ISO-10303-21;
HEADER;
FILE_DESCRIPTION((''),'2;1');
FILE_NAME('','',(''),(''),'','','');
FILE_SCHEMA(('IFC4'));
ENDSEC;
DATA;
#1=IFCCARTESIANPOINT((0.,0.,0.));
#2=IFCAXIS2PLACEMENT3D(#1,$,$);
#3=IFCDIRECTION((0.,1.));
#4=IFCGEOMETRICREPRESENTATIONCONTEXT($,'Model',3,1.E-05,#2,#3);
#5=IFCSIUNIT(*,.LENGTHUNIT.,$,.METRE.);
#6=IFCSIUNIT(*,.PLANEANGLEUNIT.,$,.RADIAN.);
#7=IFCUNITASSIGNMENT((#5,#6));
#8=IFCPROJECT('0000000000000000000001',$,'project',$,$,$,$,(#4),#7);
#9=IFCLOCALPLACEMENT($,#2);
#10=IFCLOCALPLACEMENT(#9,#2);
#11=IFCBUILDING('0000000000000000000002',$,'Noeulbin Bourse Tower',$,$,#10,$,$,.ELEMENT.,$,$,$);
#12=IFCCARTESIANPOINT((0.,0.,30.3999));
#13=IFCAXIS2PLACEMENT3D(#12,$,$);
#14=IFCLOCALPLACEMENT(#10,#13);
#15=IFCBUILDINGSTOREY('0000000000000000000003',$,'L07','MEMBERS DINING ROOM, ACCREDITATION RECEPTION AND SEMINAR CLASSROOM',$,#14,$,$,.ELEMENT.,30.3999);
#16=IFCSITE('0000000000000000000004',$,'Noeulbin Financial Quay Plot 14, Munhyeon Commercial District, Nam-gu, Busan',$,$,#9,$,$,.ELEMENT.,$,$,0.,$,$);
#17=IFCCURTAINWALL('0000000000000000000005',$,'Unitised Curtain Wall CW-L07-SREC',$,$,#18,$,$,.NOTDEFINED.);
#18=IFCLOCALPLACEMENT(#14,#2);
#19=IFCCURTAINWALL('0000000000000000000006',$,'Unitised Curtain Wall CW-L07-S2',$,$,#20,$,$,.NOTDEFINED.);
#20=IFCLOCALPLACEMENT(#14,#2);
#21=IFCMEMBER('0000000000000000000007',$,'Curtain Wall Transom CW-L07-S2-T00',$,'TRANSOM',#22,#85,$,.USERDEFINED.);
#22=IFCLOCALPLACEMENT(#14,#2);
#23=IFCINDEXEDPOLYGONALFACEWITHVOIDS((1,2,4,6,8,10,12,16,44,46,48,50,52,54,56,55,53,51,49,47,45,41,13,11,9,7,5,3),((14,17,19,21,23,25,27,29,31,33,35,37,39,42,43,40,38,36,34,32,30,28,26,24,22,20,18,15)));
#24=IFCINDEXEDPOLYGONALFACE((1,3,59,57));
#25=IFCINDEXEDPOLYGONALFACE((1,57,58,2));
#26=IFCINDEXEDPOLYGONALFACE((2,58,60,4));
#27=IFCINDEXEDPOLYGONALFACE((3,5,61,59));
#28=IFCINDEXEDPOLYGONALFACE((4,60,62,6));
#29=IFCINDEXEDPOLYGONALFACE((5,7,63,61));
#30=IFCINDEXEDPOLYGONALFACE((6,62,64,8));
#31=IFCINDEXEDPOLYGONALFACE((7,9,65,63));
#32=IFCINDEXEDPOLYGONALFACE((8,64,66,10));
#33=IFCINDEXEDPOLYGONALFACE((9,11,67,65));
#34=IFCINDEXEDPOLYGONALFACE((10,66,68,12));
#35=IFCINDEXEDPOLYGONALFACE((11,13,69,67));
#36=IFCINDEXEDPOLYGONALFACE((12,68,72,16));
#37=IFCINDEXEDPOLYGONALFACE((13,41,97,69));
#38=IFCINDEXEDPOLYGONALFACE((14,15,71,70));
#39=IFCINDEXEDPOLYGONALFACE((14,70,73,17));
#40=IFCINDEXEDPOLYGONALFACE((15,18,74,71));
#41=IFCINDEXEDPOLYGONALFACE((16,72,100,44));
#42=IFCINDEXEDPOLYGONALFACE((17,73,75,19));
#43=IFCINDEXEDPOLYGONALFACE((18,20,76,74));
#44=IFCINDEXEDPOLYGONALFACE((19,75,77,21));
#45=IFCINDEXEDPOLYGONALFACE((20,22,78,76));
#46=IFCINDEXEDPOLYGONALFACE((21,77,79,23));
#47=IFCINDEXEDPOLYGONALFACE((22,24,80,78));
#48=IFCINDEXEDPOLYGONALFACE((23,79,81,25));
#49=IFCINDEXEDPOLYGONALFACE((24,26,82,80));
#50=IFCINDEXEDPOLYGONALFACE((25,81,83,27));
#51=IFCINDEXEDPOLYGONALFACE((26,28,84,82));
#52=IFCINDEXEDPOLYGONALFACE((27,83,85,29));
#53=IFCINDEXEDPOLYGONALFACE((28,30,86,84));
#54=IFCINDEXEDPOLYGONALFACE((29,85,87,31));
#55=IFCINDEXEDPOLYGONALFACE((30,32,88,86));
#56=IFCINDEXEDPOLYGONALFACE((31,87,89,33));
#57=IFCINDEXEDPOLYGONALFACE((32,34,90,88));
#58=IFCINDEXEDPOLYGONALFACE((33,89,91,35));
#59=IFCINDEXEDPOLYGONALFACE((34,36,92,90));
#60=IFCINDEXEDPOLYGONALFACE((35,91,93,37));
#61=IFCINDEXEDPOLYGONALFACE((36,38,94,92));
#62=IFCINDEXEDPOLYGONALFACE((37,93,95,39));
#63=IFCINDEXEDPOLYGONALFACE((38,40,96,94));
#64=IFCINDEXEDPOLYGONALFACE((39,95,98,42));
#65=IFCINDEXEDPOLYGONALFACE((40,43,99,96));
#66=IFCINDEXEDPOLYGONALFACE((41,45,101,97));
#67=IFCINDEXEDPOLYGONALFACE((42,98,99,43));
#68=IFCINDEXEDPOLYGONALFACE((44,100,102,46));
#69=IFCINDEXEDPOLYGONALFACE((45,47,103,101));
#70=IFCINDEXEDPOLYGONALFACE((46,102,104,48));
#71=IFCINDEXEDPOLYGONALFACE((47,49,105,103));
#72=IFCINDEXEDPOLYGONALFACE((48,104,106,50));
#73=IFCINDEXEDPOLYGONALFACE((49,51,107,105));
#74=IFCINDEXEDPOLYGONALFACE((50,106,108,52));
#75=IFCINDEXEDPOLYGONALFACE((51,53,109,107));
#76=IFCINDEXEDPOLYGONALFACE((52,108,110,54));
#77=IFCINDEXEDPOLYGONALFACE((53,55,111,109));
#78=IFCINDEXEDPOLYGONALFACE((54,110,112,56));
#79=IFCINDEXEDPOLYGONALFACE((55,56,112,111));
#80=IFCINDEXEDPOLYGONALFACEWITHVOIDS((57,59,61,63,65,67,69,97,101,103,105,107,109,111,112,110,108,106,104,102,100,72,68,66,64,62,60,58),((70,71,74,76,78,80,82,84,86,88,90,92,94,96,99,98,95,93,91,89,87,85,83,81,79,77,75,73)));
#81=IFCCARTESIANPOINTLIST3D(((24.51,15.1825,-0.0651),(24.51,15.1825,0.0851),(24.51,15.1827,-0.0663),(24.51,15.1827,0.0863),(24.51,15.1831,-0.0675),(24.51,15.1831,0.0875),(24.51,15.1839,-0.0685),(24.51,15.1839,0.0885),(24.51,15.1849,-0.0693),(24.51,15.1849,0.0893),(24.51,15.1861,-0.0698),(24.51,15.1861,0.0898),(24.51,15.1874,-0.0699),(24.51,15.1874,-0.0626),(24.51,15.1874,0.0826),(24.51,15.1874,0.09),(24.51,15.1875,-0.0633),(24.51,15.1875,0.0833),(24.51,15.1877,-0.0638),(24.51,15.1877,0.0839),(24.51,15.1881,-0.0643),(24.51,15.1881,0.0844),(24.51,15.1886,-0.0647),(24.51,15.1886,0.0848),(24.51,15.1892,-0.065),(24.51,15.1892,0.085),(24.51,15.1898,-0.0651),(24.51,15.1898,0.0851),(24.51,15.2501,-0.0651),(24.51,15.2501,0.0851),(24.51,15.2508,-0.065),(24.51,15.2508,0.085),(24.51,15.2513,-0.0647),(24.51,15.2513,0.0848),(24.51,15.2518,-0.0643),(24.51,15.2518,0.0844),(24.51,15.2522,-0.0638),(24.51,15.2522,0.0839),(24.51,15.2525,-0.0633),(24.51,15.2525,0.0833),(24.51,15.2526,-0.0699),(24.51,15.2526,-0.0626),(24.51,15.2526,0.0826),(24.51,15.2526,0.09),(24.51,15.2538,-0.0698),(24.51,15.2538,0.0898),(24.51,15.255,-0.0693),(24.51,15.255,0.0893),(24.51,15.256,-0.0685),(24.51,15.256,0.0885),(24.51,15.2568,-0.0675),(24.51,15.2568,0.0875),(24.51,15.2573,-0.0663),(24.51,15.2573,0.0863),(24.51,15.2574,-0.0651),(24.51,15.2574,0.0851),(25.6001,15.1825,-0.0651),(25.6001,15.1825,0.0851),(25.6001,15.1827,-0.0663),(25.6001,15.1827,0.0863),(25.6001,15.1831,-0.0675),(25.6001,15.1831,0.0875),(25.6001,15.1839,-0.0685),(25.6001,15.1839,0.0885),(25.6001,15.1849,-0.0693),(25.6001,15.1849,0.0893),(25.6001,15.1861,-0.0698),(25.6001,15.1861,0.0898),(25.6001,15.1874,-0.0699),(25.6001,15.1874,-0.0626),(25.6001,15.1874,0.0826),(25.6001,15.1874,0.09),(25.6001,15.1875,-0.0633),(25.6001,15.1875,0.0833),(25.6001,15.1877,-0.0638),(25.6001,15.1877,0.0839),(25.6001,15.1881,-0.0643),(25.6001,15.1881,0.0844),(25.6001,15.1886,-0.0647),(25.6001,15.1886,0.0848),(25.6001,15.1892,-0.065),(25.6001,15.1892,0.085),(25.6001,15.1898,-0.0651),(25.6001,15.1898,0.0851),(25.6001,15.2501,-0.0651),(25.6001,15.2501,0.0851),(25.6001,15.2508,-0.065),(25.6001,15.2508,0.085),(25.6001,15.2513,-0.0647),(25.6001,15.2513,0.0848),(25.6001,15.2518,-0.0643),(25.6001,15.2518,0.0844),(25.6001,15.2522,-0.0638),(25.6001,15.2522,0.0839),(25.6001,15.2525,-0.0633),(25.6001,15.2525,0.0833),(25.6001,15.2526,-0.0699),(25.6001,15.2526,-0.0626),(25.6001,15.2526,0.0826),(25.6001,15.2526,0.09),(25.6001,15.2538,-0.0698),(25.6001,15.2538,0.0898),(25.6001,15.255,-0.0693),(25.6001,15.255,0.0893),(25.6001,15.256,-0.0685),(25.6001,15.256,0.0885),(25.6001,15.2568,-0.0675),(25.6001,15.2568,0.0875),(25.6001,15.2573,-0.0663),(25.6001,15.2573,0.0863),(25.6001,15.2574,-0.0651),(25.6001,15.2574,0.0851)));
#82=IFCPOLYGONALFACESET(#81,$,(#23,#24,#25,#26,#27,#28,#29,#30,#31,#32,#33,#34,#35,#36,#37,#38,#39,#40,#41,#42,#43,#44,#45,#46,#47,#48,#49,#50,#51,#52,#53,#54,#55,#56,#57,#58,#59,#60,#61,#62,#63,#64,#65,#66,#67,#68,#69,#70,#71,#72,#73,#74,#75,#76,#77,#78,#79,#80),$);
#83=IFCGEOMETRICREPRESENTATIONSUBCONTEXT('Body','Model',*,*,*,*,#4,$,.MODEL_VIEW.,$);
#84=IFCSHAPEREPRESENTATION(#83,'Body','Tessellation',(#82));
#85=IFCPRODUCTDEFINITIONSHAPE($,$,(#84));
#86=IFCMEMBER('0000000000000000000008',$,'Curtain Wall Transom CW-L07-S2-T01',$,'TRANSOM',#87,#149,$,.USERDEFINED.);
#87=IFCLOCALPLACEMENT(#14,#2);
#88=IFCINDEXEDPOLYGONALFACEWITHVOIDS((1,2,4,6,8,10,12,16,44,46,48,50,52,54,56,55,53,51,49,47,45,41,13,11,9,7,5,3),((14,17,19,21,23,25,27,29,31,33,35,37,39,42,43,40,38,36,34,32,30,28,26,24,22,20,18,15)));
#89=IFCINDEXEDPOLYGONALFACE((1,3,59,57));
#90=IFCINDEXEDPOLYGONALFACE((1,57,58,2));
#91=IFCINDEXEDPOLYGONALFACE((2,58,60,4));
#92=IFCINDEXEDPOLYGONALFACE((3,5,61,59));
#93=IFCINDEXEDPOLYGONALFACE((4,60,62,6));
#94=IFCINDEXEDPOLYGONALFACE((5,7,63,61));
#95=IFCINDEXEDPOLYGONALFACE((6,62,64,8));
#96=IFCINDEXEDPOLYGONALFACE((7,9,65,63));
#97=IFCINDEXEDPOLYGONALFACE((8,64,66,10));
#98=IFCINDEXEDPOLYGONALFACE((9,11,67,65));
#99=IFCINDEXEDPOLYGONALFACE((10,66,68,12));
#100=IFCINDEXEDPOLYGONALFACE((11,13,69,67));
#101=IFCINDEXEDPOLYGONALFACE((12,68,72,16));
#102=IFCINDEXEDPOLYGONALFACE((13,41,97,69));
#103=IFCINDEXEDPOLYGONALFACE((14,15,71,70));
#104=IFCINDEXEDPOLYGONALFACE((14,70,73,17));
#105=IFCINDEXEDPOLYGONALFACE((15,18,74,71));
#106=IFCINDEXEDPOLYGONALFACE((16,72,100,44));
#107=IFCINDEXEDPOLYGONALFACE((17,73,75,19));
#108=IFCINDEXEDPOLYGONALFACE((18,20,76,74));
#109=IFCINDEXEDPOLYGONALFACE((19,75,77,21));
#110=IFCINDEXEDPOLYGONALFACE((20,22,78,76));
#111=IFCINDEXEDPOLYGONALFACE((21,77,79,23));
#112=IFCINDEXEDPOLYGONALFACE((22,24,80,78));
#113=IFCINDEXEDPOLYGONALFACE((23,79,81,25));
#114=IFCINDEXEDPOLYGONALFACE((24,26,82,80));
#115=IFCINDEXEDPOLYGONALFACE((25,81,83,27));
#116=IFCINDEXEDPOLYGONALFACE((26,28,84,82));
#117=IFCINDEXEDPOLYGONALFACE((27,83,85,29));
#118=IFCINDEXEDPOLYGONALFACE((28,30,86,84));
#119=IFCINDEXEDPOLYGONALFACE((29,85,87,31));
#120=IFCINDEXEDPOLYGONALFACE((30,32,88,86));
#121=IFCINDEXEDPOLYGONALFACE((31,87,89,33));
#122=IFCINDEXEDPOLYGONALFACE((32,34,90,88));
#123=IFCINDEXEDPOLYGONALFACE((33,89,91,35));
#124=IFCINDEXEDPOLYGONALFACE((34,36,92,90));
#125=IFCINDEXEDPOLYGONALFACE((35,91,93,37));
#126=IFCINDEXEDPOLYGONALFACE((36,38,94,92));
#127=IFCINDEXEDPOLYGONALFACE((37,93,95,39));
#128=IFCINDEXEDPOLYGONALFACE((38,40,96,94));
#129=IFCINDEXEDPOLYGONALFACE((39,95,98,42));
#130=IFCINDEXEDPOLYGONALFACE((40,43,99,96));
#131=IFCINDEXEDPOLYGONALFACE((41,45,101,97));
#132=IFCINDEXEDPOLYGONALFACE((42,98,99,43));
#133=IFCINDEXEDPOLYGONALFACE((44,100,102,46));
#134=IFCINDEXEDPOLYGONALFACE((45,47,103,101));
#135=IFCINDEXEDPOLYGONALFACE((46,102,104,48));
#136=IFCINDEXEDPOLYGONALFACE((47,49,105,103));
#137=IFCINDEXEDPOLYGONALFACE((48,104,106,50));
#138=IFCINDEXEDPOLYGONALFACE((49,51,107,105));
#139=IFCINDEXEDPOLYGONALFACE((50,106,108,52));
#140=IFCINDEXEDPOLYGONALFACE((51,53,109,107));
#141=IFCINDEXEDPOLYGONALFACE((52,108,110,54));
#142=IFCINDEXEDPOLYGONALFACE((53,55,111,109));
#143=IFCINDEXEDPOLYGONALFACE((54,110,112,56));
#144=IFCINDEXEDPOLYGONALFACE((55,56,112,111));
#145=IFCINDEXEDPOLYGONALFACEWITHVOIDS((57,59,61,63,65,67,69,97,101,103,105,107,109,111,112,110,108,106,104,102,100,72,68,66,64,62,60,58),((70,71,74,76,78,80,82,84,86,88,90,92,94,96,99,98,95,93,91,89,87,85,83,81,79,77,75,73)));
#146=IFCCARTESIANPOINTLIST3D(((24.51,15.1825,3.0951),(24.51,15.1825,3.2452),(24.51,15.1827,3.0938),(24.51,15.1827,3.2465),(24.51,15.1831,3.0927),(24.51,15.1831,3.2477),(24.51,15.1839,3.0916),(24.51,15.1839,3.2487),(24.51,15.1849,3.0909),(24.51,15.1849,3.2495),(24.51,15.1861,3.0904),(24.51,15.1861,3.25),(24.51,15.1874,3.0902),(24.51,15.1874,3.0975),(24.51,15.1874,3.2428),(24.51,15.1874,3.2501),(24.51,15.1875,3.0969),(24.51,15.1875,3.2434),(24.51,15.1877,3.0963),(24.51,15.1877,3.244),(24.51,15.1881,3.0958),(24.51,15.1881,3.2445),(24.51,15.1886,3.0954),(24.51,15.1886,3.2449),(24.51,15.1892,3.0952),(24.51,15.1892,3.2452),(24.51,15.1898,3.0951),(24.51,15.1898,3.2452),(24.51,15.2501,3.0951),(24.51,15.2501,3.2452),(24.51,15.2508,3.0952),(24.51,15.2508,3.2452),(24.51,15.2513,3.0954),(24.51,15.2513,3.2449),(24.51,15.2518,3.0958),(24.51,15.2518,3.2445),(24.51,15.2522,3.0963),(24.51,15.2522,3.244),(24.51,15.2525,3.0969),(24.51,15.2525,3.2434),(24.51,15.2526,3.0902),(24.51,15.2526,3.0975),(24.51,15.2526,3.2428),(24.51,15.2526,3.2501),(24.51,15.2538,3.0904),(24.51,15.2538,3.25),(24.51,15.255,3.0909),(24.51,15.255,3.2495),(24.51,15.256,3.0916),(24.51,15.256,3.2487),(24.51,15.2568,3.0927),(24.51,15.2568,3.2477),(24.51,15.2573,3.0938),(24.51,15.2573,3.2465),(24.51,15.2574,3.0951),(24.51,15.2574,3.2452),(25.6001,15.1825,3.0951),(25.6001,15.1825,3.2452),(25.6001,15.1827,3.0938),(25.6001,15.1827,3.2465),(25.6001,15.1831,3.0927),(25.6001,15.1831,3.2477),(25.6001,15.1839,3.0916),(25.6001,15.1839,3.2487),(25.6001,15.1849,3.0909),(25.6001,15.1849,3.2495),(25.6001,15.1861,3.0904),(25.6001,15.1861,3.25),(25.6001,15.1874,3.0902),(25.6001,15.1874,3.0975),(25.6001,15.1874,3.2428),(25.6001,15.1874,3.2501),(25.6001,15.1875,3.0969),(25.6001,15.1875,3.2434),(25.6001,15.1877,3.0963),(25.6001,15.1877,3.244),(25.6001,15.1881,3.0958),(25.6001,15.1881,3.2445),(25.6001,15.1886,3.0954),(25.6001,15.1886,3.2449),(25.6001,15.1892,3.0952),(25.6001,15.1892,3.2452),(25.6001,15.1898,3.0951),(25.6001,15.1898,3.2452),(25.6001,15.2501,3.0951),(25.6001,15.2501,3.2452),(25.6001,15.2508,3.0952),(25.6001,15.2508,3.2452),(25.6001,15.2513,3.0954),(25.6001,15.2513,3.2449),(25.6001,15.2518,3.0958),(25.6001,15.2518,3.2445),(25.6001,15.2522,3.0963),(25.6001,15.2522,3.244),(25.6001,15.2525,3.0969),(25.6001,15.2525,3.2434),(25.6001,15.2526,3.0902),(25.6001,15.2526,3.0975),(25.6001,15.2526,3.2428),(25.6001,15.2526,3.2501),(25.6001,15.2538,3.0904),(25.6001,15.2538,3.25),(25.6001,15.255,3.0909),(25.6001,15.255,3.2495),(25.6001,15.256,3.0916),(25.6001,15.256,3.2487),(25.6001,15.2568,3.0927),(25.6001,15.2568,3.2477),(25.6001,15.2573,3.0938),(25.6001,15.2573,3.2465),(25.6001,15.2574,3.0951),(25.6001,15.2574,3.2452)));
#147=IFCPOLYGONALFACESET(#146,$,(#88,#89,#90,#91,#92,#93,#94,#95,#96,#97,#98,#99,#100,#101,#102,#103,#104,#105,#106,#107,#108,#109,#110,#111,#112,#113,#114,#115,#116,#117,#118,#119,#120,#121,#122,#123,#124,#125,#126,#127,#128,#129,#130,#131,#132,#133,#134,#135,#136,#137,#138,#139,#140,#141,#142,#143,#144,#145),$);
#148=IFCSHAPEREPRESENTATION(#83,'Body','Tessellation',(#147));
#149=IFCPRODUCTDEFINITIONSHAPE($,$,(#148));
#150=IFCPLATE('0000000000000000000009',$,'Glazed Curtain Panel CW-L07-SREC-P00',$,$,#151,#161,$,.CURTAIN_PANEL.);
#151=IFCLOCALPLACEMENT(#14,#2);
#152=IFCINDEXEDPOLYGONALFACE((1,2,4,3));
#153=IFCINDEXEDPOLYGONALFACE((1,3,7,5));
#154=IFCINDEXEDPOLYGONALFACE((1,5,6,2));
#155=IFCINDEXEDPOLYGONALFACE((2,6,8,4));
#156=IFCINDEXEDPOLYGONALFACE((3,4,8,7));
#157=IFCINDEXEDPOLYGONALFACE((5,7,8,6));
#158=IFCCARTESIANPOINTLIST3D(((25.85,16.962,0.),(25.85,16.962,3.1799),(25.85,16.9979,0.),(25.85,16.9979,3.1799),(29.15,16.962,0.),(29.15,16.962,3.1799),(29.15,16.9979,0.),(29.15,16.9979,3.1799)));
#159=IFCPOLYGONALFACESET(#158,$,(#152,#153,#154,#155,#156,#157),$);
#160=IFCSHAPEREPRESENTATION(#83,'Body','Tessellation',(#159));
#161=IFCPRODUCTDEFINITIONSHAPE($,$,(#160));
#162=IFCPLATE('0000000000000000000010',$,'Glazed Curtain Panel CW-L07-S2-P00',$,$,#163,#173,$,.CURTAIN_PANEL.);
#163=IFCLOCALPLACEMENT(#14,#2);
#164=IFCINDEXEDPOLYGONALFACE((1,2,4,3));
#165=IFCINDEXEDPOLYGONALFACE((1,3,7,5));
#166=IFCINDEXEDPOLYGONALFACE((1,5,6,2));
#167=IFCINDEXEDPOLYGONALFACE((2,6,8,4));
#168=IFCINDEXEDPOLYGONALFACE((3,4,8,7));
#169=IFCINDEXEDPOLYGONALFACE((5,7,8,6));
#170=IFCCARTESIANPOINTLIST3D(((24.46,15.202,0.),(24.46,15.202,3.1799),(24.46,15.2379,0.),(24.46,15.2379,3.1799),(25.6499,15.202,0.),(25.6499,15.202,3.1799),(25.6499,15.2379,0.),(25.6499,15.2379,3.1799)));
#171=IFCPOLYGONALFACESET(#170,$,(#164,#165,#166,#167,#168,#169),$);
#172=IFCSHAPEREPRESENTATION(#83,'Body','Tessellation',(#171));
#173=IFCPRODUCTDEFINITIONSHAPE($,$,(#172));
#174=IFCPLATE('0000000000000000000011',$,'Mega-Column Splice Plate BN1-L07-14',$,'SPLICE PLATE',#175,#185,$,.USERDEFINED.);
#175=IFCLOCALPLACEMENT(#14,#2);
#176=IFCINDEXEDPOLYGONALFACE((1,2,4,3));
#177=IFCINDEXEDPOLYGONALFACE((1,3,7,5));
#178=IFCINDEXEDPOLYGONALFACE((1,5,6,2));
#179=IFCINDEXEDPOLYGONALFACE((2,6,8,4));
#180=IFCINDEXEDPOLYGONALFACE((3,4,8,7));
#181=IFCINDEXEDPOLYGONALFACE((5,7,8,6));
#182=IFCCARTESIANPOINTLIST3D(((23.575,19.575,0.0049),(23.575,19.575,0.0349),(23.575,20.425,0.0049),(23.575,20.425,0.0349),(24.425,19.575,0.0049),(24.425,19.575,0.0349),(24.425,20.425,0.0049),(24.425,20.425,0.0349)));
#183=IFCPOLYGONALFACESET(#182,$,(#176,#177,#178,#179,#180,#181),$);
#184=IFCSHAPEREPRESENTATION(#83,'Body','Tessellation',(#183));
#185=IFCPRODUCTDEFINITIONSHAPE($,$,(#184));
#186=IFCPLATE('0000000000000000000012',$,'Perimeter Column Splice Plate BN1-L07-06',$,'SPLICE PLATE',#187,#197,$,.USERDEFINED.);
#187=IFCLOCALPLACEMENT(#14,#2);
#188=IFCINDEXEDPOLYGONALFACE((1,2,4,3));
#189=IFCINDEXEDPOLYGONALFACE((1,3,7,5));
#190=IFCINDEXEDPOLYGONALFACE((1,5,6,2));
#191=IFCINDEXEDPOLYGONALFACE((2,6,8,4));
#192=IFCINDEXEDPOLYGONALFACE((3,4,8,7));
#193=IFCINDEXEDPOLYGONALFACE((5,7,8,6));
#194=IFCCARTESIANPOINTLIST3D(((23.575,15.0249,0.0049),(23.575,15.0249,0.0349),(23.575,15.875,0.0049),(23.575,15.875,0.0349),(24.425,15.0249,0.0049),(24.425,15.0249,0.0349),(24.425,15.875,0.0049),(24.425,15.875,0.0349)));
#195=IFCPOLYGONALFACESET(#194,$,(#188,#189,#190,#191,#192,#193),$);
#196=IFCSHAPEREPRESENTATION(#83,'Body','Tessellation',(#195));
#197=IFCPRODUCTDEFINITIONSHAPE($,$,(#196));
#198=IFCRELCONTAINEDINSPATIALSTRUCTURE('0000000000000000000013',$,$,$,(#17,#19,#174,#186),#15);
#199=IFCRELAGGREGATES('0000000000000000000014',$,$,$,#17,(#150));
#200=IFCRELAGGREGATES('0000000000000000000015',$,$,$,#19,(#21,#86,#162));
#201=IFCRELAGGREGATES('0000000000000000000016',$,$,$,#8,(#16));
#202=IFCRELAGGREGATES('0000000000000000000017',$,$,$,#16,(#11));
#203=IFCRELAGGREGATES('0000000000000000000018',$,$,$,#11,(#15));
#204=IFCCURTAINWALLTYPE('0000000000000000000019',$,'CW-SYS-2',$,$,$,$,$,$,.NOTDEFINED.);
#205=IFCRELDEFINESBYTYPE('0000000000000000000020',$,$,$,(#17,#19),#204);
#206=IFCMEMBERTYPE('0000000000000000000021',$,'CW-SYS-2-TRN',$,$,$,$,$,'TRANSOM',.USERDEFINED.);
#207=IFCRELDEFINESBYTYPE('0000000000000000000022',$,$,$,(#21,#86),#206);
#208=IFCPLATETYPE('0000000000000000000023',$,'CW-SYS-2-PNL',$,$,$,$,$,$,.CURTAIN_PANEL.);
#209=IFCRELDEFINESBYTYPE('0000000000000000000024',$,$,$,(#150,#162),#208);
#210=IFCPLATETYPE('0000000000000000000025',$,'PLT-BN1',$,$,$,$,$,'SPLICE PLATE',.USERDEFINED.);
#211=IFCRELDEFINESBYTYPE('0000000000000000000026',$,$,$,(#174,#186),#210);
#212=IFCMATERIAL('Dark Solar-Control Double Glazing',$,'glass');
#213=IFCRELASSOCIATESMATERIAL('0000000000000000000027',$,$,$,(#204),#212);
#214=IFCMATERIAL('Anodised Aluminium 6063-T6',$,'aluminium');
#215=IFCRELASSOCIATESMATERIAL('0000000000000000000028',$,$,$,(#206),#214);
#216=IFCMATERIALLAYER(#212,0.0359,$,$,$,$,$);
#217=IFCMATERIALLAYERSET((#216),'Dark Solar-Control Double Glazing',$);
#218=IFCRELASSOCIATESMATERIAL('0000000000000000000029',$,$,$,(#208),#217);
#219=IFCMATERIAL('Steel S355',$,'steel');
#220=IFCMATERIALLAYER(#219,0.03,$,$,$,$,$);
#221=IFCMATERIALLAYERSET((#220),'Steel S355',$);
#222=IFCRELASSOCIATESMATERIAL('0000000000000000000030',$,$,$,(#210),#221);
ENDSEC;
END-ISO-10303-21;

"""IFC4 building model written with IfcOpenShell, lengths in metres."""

from ifc_helpers import new_model, si_unit, direction, frame, origin, origin_2d, place, context, subcontext, project, spatial, rectangle, hollow_rectangle, extrude, material, layer, layer_set, material_profile, profile_set, type_object, element, aggregate, save


model = new_model("IFC4")

# Units and contexts
model_context = context("Model", 3, precision=1e-05, world=origin(), true_north=direction((0.0, 1.0)))
body_context = subcontext(model_context, "Body", "Model", "MODEL_VIEW")
ifc_project = project(units=[si_unit("LENGTHUNIT", "METRE"), si_unit("PLANEANGLEUNIT", "RADIAN")], contexts=[model_context])

# Site, building, storey
site_placement = place(None, origin())
site = spatial("IfcSite", under=ifc_project, at=site_placement, Name="Noeulbin Financial Quay Plot 14, Munhyeon Commercial District, Nam-gu, Busan", CompositionType="ELEMENT", RefElevation=0.0)
building_placement = place(site_placement, origin())
building = spatial("IfcBuilding", under=site, at=building_placement, Name="Noeulbin Bourse Tower", CompositionType="ELEMENT")
storey_placement = place(building_placement, frame((0.0, 0.0, 30.3999)))
storey = spatial("IfcBuildingStorey", under=building, at=storey_placement, Name="L07", Description="MEMBERS DINING ROOM, ACCREDITATION RECEPTION AND SEMINAR CLASSROOM", CompositionType="ELEMENT", Elevation=30.3999)

# Shared definitions
ifc_material_1 = material(Name="Steel S355", Category="steel")

# Curtain wall
ifc_material_2 = material(Name="Dark Solar-Control Double Glazing", Category="glass")
curtain_wall_type = type_object("IfcCurtainWallType", Name="CW-SYS-2", PredefinedType="NOTDEFINED", material=ifc_material_2)
curtain_wall_1_placement = place(storey_placement, origin())
curtain_wall_1 = element("IfcCurtainWall", 1, at=curtain_wall_1_placement, inside=storey, type_object=curtain_wall_type, Name="Unitised Curtain Wall CW-L07-SREC", PredefinedType="NOTDEFINED")
ifc_material_3 = material(Name="Anodised Aluminium 6063-T6", Category="aluminium")

# Curtain wall
curtain_wall_2_placement = place(storey_placement, origin())
curtain_wall_2 = element("IfcCurtainWall", 2, at=curtain_wall_2_placement, inside=storey, type_object=curtain_wall_type, Name="Unitised Curtain Wall CW-L07-S2", PredefinedType="NOTDEFINED")

# Members
ifc_material_profile_1 = material_profile(ifc_material_3, hollow_rectangle(XDim=0.075, YDim=0.1599, WallThickness=0.0049, InnerFilletRadius=0.0024, OuterFilletRadius=0.0049, at=origin_2d()), Name="ALU-TRAN-75x160x5", Category="LoadBearing")
ifc_profile_set_1 = profile_set([ifc_material_profile_1], Name="Anodised Aluminium 6063-T6")
member_type_1 = type_object("IfcMemberType", Name="CW-SYS-2-TRN", ElementType="TRANSOM", PredefinedType="USERDEFINED", material=ifc_profile_set_1)
member_1_placement = place(storey_placement, frame((24.51, 15.22, 0.01), z_axis=(1.0, 0.0, 0.0), x_axis=(0.0, 1.0, 0.0)))
member_1 = element("IfcMember", 3, at=member_1_placement, type_object=member_type_1, Name="Curtain Wall Transom CW-L07-S2-T00", ObjectType="TRANSOM", PredefinedType="USERDEFINED", context=body_context, shape_type="SweptSolid", body=[
    extrude(hollow_rectangle(XDim=0.075, YDim=0.1599, WallThickness=0.0049, InnerFilletRadius=0.0024, OuterFilletRadius=0.0049, at=origin_2d()), origin(), (0.0, 0.0, 1.0), 1.0901),
])
member_2_placement = place(storey_placement, frame((24.51, 15.22, 3.1702), z_axis=(1.0, 0.0, 0.0), x_axis=(0.0, 1.0, 0.0)))
member_2 = element("IfcMember", 4, at=member_2_placement, type_object=member_type_1, Name="Curtain Wall Transom CW-L07-S2-T01", ObjectType="TRANSOM", PredefinedType="USERDEFINED", context=body_context, shape_type="SweptSolid", body=[
    extrude(hollow_rectangle(XDim=0.075, YDim=0.1599, WallThickness=0.0049, InnerFilletRadius=0.0024, OuterFilletRadius=0.0049, at=origin_2d()), origin(), (0.0, 0.0, 1.0), 1.0901),
])

# Plates
ifc_layer_1 = layer(ifc_material_2, 0.0359)
ifc_layer_set_1 = layer_set([ifc_layer_1], Name="Dark Solar-Control Double Glazing")
plate_type_1 = type_object("IfcPlateType", Name="CW-SYS-2-PNL", PredefinedType="CURTAIN_PANEL", material=ifc_layer_set_1)
plate_1_placement = place(storey_placement, frame((27.5, 16.98, 0.0), z_axis=(0.0, 0.0, 1.0), x_axis=(1.0, 0.0, 0.0)))
plate_1 = element("IfcPlate", 5, at=plate_1_placement, type_object=plate_type_1, Name="Glazed Curtain Panel CW-L07-SREC-P00", PredefinedType="CURTAIN_PANEL", context=body_context, shape_type="SweptSolid", body=[
    extrude(rectangle(XDim=3.3, YDim=0.0359, at=origin_2d()), origin(), (0.0, 0.0, 1.0), 3.1799),
])
aggregate(curtain_wall_1, [plate_1])
plate_2_placement = place(storey_placement, frame((25.0549, 15.22, 0.0), z_axis=(0.0, 0.0, 1.0), x_axis=(1.0, 0.0, 0.0)))
plate_2 = element("IfcPlate", 6, at=plate_2_placement, type_object=plate_type_1, Name="Glazed Curtain Panel CW-L07-S2-P00", PredefinedType="CURTAIN_PANEL", context=body_context, shape_type="SweptSolid", body=[
    extrude(rectangle(XDim=1.1899, YDim=0.0359, at=origin_2d()), origin(), (0.0, 0.0, 1.0), 3.1799),
])
aggregate(curtain_wall_2, [member_1, member_2, plate_2])

# Plates
ifc_layer_2 = layer(ifc_material_1, 0.03)
ifc_layer_set_2 = layer_set([ifc_layer_2], Name="Steel S355")
plate_type_2 = type_object("IfcPlateType", Name="PLT-BN1", ElementType="SPLICE PLATE", PredefinedType="USERDEFINED", material=ifc_layer_set_2)
for number, where, z_axis, x_axis, name in (
    (7, (24.0, 20.0, 0.0049), (0.0, 0.0, 1.0), (1.0, 0.0, 0.0), "Mega-Column Splice Plate BN1-L07-14"),
    (8, (24.0, 15.45, 0.0049), (0.0, 0.0, 1.0), (1.0, 0.0, 0.0), "Perimeter Column Splice Plate BN1-L07-06"),
):
    element("IfcPlate", number, at=place(storey_placement, frame(where, z_axis=z_axis, x_axis=x_axis)), inside=storey, type_object=plate_type_2, Name=name, ObjectType="SPLICE PLATE", PredefinedType="USERDEFINED", context=body_context, shape_type="SweptSolid", body=[
        extrude(rectangle(XDim=0.8501, YDim=0.8501, at=origin_2d()), origin(), (0.0, 0.0, 1.0), 0.03),
    ])

save(model, "model.ifc")
